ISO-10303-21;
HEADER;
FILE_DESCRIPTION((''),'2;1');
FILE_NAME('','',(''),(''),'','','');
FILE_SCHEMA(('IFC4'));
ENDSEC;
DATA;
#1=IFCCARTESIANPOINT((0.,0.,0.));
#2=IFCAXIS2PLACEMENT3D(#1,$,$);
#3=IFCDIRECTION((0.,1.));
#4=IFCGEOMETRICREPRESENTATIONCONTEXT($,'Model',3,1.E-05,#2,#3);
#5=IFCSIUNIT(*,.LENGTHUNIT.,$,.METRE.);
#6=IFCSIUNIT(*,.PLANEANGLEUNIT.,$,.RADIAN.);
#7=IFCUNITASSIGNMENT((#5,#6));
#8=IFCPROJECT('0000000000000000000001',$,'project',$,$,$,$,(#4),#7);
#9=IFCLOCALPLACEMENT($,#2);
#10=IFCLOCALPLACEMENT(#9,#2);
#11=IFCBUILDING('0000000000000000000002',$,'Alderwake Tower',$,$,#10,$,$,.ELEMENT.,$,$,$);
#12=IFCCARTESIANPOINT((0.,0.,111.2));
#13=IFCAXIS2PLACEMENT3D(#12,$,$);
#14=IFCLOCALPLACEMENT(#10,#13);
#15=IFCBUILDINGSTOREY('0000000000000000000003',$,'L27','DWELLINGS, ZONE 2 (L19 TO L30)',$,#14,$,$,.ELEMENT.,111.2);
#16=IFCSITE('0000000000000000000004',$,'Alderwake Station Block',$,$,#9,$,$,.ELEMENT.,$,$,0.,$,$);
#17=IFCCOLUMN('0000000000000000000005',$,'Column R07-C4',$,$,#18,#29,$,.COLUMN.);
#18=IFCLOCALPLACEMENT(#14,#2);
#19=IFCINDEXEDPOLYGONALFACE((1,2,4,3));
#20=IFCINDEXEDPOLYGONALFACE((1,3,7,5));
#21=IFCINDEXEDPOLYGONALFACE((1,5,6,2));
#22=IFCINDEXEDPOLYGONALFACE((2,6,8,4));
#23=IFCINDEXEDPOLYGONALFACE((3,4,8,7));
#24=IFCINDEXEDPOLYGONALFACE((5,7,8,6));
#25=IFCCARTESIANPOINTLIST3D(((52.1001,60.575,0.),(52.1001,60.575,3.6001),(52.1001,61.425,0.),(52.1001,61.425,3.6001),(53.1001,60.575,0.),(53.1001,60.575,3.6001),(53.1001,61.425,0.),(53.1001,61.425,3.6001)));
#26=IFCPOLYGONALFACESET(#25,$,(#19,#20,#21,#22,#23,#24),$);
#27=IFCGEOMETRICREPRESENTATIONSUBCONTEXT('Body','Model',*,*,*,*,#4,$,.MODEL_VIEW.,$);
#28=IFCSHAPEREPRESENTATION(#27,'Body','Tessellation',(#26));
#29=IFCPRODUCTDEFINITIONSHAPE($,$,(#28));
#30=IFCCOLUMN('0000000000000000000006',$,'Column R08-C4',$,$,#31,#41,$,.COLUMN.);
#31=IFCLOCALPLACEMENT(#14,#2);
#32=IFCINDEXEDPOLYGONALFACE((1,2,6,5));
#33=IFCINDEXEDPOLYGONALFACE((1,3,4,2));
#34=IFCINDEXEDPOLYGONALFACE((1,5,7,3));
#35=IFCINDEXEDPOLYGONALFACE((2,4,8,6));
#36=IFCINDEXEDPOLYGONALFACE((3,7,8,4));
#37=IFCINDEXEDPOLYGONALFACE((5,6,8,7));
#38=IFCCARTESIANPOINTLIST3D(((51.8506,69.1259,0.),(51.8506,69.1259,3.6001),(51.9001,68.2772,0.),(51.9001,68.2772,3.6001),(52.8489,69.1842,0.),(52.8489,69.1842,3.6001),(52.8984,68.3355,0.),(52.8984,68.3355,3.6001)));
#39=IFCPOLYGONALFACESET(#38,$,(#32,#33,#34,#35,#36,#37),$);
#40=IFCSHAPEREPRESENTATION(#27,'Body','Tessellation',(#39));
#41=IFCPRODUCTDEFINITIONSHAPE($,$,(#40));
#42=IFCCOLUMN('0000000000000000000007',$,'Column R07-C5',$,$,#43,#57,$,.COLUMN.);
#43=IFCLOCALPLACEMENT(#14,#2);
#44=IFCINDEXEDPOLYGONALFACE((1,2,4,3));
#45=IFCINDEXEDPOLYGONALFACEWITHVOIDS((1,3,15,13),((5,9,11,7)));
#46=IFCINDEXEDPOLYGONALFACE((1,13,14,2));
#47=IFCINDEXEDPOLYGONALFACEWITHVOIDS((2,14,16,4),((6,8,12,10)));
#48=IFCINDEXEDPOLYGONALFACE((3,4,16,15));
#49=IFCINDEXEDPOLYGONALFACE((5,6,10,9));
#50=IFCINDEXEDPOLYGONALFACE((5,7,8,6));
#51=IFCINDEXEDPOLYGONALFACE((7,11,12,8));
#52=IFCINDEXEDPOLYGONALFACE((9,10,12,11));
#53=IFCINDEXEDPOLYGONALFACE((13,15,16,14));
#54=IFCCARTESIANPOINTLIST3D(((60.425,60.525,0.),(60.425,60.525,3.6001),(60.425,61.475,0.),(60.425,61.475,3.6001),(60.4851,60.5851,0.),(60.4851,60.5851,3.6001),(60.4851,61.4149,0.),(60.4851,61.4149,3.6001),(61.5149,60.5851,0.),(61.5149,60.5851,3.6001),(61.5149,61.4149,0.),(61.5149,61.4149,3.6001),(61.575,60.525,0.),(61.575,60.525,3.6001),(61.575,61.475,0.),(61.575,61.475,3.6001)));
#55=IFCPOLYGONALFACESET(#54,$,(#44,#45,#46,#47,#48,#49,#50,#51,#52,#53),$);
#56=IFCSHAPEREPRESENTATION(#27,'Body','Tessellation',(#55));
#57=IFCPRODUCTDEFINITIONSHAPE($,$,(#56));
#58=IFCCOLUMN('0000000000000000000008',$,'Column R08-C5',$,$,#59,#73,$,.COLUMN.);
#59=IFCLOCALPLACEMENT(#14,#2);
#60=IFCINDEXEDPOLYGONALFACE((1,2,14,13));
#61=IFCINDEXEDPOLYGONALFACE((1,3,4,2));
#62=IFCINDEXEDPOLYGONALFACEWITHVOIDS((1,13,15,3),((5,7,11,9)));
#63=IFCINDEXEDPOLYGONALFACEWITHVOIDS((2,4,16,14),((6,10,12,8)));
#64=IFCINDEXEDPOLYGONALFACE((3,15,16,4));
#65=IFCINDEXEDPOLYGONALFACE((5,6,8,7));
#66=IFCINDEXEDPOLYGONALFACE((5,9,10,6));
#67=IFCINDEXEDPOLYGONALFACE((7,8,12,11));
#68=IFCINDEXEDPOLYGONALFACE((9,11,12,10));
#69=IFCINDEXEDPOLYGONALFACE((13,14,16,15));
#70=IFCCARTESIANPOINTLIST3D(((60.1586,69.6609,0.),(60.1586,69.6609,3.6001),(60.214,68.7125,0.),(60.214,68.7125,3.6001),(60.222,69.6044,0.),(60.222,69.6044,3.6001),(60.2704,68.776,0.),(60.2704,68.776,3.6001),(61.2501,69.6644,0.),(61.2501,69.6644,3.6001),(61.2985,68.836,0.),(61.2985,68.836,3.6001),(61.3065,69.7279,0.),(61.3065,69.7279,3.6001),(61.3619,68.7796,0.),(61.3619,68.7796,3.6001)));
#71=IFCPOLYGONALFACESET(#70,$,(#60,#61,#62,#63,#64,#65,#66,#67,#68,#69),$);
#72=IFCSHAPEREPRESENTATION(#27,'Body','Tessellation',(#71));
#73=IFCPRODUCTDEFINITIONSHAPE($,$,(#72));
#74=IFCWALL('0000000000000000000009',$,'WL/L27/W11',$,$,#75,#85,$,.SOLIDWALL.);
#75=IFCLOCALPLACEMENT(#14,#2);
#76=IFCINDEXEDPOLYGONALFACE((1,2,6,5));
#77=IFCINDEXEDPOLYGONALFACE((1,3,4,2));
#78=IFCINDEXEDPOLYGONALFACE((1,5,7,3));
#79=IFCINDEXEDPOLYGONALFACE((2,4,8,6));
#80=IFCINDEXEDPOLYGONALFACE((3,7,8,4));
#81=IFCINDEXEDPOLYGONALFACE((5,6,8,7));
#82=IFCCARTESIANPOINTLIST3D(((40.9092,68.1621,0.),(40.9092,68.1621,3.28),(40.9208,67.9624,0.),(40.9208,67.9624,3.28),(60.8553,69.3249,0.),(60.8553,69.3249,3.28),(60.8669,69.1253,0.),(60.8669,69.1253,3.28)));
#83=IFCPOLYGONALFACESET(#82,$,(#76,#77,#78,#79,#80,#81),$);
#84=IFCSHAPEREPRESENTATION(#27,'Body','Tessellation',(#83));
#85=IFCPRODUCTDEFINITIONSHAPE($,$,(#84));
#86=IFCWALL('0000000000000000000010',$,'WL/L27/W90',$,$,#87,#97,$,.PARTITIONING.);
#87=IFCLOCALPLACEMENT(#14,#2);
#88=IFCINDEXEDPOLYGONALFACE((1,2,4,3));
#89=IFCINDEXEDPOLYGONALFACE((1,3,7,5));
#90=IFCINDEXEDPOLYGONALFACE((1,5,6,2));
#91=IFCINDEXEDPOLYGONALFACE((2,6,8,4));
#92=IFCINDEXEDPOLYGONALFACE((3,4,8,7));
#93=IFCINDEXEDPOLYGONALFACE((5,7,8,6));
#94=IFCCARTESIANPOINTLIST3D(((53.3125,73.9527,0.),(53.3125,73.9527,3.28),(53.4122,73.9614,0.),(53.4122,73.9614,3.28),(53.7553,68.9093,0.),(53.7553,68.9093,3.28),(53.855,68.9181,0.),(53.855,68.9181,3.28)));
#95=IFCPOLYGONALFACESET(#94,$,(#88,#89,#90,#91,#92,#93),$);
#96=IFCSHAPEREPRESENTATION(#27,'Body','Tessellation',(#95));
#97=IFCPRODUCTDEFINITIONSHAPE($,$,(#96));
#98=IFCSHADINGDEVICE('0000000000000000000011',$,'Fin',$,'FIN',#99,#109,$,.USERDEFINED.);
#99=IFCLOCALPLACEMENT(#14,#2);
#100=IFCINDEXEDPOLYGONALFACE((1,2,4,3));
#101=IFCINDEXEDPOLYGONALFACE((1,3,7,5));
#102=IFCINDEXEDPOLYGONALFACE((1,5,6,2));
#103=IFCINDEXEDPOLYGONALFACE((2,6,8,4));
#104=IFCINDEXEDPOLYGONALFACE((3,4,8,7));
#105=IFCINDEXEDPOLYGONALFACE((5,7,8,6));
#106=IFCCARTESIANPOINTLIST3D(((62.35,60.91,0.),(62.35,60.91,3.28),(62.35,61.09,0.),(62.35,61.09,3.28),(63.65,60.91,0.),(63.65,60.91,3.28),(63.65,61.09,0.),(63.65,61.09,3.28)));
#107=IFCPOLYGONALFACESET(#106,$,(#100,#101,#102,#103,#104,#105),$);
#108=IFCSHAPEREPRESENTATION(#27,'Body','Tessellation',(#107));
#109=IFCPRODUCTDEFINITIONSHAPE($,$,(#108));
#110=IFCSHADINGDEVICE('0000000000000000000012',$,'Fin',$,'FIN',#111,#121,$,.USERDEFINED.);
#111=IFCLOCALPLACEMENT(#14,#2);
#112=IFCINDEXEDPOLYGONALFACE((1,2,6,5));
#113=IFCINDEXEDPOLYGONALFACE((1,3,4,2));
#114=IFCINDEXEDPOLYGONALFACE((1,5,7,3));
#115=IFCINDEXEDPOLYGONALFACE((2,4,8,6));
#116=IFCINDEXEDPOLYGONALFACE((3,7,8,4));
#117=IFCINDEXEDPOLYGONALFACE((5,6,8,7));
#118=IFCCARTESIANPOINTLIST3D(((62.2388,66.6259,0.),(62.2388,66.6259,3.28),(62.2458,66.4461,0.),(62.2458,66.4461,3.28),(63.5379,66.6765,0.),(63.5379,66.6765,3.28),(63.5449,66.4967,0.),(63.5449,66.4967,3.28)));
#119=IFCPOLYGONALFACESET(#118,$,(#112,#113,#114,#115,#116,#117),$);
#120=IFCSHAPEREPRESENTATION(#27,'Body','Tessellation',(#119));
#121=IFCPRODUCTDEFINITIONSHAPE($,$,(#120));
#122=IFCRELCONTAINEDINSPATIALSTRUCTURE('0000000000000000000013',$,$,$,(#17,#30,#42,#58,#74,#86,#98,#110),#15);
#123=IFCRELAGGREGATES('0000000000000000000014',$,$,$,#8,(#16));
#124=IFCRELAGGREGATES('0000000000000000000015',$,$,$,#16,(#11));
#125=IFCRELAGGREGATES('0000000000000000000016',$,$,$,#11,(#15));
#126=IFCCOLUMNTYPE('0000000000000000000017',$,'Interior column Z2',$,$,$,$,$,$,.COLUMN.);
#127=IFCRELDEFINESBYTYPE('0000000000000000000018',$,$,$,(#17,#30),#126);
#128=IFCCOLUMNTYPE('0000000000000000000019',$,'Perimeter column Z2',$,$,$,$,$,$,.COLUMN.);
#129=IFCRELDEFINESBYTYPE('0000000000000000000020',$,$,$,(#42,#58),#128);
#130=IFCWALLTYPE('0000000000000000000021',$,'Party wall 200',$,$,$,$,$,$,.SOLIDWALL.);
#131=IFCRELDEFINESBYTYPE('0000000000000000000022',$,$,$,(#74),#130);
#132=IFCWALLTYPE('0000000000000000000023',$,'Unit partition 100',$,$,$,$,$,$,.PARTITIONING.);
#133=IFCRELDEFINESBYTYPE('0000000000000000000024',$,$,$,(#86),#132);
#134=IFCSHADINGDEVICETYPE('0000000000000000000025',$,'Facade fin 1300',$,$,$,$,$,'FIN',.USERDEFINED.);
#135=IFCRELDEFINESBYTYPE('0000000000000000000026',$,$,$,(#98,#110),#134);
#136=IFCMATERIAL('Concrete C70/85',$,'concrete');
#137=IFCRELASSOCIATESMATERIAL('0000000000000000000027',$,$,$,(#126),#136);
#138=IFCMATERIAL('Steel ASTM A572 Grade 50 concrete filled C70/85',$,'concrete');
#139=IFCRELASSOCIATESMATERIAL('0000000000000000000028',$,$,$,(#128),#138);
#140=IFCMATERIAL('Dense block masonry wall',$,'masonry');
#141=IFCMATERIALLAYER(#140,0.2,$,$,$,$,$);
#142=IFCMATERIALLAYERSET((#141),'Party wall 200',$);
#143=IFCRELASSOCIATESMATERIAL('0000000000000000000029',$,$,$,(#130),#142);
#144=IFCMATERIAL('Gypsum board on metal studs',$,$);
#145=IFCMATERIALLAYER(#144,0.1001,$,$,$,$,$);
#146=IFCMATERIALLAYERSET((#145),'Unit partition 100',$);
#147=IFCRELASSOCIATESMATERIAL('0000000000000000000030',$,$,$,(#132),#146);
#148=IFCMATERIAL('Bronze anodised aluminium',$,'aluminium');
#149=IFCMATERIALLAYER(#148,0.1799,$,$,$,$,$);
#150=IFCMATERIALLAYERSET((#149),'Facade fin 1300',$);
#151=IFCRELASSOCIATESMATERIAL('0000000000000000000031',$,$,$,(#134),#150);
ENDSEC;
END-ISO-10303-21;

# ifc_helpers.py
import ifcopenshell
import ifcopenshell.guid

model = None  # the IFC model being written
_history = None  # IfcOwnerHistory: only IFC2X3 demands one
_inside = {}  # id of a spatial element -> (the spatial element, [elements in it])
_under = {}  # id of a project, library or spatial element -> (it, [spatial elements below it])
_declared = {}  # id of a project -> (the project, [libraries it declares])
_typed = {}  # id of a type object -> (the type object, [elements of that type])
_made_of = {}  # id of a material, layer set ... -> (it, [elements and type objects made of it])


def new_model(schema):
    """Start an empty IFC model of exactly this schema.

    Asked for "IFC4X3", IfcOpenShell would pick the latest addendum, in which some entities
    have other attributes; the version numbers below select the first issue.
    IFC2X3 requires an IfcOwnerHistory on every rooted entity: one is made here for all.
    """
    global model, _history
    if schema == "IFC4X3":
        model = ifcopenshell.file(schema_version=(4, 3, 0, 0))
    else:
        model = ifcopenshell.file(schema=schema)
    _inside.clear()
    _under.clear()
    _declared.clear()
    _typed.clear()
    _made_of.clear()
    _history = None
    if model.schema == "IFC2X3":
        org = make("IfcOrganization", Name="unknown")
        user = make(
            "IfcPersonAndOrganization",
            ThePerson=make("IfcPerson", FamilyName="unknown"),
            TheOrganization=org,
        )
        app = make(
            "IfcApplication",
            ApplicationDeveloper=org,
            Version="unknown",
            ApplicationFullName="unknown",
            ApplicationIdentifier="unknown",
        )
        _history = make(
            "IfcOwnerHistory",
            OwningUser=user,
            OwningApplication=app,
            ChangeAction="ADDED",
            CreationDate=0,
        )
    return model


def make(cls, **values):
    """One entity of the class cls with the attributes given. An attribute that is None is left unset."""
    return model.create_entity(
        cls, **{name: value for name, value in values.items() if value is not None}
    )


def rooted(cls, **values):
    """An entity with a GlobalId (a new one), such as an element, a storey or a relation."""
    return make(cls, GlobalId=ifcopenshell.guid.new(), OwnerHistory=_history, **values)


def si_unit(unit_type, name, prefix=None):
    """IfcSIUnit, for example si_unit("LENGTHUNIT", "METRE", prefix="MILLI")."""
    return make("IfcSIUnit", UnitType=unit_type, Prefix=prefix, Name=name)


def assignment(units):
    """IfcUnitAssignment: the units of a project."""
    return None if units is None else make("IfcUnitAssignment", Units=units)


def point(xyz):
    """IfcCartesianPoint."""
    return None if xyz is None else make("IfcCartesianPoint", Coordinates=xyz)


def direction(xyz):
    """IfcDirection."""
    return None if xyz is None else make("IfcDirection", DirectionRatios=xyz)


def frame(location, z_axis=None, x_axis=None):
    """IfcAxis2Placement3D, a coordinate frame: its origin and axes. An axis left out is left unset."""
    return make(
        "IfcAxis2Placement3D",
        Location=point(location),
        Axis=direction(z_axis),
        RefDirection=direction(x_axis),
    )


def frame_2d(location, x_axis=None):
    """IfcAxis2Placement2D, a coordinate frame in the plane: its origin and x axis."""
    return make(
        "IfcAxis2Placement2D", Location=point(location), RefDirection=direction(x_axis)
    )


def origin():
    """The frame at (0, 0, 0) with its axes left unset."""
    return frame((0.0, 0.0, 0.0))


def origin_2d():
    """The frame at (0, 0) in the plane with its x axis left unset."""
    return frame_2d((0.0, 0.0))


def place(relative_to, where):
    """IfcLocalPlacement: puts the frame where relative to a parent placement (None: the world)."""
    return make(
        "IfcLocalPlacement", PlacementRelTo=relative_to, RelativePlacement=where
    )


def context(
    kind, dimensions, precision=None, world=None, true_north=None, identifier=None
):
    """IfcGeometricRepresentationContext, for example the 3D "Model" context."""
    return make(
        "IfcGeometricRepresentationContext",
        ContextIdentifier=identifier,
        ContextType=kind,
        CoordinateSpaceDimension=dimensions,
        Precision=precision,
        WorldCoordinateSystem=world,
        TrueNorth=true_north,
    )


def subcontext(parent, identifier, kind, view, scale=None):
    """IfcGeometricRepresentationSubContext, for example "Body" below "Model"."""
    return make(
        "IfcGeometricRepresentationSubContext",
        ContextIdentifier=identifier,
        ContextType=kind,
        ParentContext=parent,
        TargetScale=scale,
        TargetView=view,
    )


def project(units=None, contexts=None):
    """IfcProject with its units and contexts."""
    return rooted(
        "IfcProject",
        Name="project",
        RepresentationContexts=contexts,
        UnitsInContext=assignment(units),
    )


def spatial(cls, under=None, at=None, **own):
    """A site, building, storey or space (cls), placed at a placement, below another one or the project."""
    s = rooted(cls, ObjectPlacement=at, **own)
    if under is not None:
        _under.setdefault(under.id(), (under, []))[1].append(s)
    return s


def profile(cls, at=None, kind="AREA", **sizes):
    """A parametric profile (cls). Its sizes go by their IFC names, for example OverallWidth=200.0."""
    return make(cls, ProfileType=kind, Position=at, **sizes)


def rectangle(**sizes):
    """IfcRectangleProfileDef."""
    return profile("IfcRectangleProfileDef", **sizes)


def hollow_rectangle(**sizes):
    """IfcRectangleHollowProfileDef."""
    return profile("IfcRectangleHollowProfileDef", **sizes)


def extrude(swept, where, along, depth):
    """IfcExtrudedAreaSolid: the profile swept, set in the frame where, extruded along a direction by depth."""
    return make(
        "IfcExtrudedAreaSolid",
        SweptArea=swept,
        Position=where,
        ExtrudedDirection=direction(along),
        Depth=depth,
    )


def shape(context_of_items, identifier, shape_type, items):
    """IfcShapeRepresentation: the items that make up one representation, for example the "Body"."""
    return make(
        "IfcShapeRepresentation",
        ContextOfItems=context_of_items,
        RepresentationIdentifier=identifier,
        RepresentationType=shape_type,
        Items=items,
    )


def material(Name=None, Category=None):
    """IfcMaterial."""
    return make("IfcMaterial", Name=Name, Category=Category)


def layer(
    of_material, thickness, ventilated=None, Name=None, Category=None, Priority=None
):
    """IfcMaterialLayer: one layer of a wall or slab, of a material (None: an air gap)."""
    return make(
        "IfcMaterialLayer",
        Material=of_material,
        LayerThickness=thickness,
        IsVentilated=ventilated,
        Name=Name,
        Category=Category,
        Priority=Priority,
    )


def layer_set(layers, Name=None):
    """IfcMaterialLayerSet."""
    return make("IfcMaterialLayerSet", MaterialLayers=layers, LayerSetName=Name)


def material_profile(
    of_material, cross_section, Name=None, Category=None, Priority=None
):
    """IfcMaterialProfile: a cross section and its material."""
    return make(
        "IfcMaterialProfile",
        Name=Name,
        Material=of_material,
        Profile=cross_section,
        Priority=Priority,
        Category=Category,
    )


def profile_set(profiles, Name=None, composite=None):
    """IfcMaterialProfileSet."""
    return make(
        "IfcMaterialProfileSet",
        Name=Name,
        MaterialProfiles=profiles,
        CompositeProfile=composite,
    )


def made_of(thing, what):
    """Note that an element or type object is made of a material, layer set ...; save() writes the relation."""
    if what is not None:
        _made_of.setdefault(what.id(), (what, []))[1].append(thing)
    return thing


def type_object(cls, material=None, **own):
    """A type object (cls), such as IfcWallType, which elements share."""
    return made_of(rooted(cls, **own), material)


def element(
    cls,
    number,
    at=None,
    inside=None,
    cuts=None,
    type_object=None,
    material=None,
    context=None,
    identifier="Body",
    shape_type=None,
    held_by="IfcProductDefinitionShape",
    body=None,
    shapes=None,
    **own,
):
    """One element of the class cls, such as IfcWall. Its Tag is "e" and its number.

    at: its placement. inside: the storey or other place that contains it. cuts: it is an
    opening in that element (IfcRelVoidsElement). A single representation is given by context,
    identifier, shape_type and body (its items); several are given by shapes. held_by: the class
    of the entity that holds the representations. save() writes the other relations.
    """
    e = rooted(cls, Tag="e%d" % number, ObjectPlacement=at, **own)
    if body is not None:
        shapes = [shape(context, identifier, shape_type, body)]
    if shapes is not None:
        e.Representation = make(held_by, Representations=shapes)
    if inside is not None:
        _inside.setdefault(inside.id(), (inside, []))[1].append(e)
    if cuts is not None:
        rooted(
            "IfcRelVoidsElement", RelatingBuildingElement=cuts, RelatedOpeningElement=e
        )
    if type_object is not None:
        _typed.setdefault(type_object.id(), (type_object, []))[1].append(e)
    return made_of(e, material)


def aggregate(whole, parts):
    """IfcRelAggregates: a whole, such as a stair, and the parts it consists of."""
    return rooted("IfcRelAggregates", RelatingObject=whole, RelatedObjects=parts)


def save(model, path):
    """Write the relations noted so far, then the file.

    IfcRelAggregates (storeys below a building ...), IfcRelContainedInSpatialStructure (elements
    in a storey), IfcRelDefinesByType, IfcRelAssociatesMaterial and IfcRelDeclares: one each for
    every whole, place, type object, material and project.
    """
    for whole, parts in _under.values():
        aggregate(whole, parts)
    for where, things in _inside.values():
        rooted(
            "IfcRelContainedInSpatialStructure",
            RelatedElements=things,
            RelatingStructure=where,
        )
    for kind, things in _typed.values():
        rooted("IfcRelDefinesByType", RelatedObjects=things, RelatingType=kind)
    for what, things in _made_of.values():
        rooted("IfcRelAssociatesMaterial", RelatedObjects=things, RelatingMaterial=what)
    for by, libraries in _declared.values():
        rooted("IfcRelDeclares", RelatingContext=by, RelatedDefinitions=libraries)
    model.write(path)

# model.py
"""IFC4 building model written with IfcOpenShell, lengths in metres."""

from ifc_helpers import new_model, si_unit, direction, frame, frame_2d, origin, origin_2d, place, context, subcontext, project, spatial, rectangle, hollow_rectangle, extrude, material, layer, layer_set, material_profile, profile_set, type_object, element, save


model = new_model("IFC4")

# Units and contexts
model_context = context("Model", 3, precision=1e-05, world=origin(), true_north=direction((0.0, 1.0)))
body_context = subcontext(model_context, "Body", "Model", "MODEL_VIEW")
ifc_project = project(units=[si_unit("LENGTHUNIT", "METRE"), si_unit("PLANEANGLEUNIT", "RADIAN")], contexts=[model_context])

# Site, building, storey
site_placement = place(None, origin())
site = spatial("IfcSite", under=ifc_project, at=site_placement, Name="Alderwake Station Block", CompositionType="ELEMENT", RefElevation=0.0)
building_placement = place(site_placement, origin())
building = spatial("IfcBuilding", under=site, at=building_placement, Name="Alderwake Tower", CompositionType="ELEMENT")
storey_placement = place(building_placement, frame((0.0, 0.0, 111.2)))
storey = spatial("IfcBuildingStorey", under=building, at=storey_placement, Name="L27", Description="DWELLINGS, ZONE 2 (L19 TO L30)", CompositionType="ELEMENT", Elevation=111.2)

# Columns
ifc_material_1 = material(Name="Concrete C70/85", Category="concrete")
ifc_material_profile_1 = material_profile(ifc_material_1, rectangle(XDim=0.8501, YDim=1.0, at=origin_2d()), Name="RC 1000X850")
ifc_profile_set_1 = profile_set([ifc_material_profile_1], Name="Concrete C70/85")
column_type_1 = type_object("IfcColumnType", Name="Interior column Z2", PredefinedType="COLUMN", material=ifc_profile_set_1)
for number, where, z_axis, x_axis, name in (
    (1, (52.6001, 61.0, 0.0), (0.0, 0.0, 1.0), (0.0, 1.0, 0.0), "Column R07-C4"),
    (2, (52.3745, 68.7307, 0.0), (0.0, 0.0, 1.0), (-0.058299, 0.998299, 0.0), "Column R08-C4"),
):
    element("IfcColumn", number, at=place(storey_placement, frame(where, z_axis=z_axis, x_axis=x_axis)), inside=storey, type_object=column_type_1, Name=name, PredefinedType="COLUMN", context=body_context, shape_type="SweptSolid", body=[
        extrude(rectangle(XDim=0.8501, YDim=1.0, at=origin_2d()), origin(), (0.0, 0.0, 1.0), 3.6001),
    ])
ifc_material_2 = material(Name="Steel ASTM A572 Grade 50 concrete filled C70/85", Category="concrete")
ifc_material_profile_2 = material_profile(ifc_material_2, hollow_rectangle(XDim=0.95, YDim=1.1499, WallThickness=0.0601, at=origin_2d()), Name="BOX 1150X950X60")
ifc_profile_set_2 = profile_set([ifc_material_profile_2], Name="Steel ASTM A572 Grade 50 concrete filled C70/85")
column_type_2 = type_object("IfcColumnType", Name="Perimeter column Z2", PredefinedType="COLUMN", material=ifc_profile_set_2)
for number, where, z_axis, x_axis, name in (
    (3, (61.0, 61.0, 0.0), (0.0, 0.0, 1.0), (0.0, 1.0, 0.0), "Column R07-C5"),
    (4, (60.7603, 69.2202, 0.0), (0.0, 0.0, 1.0), (-0.058299, 0.998299, 0.0), "Column R08-C5"),
):
    element("IfcColumn", number, at=place(storey_placement, frame(where, z_axis=z_axis, x_axis=x_axis)), inside=storey, type_object=column_type_2, Name=name, PredefinedType="COLUMN", context=body_context, shape_type="SweptSolid", body=[
        extrude(hollow_rectangle(XDim=0.95, YDim=1.1499, WallThickness=0.0601, at=origin_2d()), origin(), (0.0, 0.0, 1.0), 3.6001),
    ])

# Walls
ifc_material_3 = material(Name="Dense block masonry wall", Category="masonry")
ifc_layer_1 = layer(ifc_material_3, 0.2)
ifc_layer_set_1 = layer_set([ifc_layer_1], Name="Party wall 200")
wall_type_1 = type_object("IfcWallType", Name="Party wall 200", PredefinedType="SOLIDWALL", material=ifc_layer_set_1)
wall_1_placement = place(storey_placement, frame((60.8611, 69.2251, 0.0), z_axis=(0.0, 0.0, 1.0), x_axis=(-0.998305, -0.058201, 0.0)))
element("IfcWall", 5, at=wall_1_placement, inside=storey, type_object=wall_type_1, Name="WL/L27/W11", PredefinedType="SOLIDWALL", context=body_context, shape_type="SweptSolid", body=[
    extrude(rectangle(XDim=19.98, YDim=0.2, at=frame_2d((9.99, 0.0))), origin(), (0.0, 0.0, 1.0), 3.28),
])
ifc_material_4 = material(Name="Gypsum board on metal studs")
ifc_layer_2 = layer(ifc_material_4, 0.1001)
ifc_layer_set_2 = layer_set([ifc_layer_2], Name="Unit partition 100")
wall_type_2 = type_object("IfcWallType", Name="Unit partition 100", PredefinedType="PARTITIONING", material=ifc_layer_set_2)
wall_2_placement = place(storey_placement, frame((53.8052, 68.9138, 0.0), z_axis=(0.0, 0.0, 1.0), x_axis=(-0.087474, 0.996167, 0.0)))
element("IfcWall", 6, at=wall_2_placement, inside=storey, type_object=wall_type_2, Name="WL/L27/W90", PredefinedType="PARTITIONING", context=body_context, shape_type="SweptSolid", body=[
    extrude(rectangle(XDim=5.0627, YDim=0.1001, at=frame_2d((2.5312, 0.0))), origin(), (0.0, 0.0, 1.0), 3.28),
])

# Shading devices
ifc_material_5 = material(Name="Bronze anodised aluminium", Category="aluminium")
ifc_layer_3 = layer(ifc_material_5, 0.1799)
ifc_layer_set_3 = layer_set([ifc_layer_3], Name="Facade fin 1300")
shading_device_type = type_object("IfcShadingDeviceType", Name="Facade fin 1300", ElementType="FIN", PredefinedType="USERDEFINED", material=ifc_layer_set_3)
for number, where, z_axis, x_axis, name in (
    (7, (63.0, 61.0, 0.0), (0.0, 0.0, 1.0), (1.0, 0.0, 0.0), "Fin"),
    (8, (62.8918, 66.5613, 0.0), (0.0, 0.0, 1.0), (0.999243, 0.03889, 0.0), "Fin"),
):
    element("IfcShadingDevice", number, at=place(storey_placement, frame(where, z_axis=z_axis, x_axis=x_axis)), inside=storey, type_object=shading_device_type, Name=name, ObjectType="FIN", PredefinedType="USERDEFINED", context=body_context, shape_type="SweptSolid", body=[
        extrude(rectangle(XDim=1.3, YDim=0.1799, at=origin_2d()), origin(), (0.0, 0.0, 1.0), 3.28),
    ])

save(model, "model.ifc")
